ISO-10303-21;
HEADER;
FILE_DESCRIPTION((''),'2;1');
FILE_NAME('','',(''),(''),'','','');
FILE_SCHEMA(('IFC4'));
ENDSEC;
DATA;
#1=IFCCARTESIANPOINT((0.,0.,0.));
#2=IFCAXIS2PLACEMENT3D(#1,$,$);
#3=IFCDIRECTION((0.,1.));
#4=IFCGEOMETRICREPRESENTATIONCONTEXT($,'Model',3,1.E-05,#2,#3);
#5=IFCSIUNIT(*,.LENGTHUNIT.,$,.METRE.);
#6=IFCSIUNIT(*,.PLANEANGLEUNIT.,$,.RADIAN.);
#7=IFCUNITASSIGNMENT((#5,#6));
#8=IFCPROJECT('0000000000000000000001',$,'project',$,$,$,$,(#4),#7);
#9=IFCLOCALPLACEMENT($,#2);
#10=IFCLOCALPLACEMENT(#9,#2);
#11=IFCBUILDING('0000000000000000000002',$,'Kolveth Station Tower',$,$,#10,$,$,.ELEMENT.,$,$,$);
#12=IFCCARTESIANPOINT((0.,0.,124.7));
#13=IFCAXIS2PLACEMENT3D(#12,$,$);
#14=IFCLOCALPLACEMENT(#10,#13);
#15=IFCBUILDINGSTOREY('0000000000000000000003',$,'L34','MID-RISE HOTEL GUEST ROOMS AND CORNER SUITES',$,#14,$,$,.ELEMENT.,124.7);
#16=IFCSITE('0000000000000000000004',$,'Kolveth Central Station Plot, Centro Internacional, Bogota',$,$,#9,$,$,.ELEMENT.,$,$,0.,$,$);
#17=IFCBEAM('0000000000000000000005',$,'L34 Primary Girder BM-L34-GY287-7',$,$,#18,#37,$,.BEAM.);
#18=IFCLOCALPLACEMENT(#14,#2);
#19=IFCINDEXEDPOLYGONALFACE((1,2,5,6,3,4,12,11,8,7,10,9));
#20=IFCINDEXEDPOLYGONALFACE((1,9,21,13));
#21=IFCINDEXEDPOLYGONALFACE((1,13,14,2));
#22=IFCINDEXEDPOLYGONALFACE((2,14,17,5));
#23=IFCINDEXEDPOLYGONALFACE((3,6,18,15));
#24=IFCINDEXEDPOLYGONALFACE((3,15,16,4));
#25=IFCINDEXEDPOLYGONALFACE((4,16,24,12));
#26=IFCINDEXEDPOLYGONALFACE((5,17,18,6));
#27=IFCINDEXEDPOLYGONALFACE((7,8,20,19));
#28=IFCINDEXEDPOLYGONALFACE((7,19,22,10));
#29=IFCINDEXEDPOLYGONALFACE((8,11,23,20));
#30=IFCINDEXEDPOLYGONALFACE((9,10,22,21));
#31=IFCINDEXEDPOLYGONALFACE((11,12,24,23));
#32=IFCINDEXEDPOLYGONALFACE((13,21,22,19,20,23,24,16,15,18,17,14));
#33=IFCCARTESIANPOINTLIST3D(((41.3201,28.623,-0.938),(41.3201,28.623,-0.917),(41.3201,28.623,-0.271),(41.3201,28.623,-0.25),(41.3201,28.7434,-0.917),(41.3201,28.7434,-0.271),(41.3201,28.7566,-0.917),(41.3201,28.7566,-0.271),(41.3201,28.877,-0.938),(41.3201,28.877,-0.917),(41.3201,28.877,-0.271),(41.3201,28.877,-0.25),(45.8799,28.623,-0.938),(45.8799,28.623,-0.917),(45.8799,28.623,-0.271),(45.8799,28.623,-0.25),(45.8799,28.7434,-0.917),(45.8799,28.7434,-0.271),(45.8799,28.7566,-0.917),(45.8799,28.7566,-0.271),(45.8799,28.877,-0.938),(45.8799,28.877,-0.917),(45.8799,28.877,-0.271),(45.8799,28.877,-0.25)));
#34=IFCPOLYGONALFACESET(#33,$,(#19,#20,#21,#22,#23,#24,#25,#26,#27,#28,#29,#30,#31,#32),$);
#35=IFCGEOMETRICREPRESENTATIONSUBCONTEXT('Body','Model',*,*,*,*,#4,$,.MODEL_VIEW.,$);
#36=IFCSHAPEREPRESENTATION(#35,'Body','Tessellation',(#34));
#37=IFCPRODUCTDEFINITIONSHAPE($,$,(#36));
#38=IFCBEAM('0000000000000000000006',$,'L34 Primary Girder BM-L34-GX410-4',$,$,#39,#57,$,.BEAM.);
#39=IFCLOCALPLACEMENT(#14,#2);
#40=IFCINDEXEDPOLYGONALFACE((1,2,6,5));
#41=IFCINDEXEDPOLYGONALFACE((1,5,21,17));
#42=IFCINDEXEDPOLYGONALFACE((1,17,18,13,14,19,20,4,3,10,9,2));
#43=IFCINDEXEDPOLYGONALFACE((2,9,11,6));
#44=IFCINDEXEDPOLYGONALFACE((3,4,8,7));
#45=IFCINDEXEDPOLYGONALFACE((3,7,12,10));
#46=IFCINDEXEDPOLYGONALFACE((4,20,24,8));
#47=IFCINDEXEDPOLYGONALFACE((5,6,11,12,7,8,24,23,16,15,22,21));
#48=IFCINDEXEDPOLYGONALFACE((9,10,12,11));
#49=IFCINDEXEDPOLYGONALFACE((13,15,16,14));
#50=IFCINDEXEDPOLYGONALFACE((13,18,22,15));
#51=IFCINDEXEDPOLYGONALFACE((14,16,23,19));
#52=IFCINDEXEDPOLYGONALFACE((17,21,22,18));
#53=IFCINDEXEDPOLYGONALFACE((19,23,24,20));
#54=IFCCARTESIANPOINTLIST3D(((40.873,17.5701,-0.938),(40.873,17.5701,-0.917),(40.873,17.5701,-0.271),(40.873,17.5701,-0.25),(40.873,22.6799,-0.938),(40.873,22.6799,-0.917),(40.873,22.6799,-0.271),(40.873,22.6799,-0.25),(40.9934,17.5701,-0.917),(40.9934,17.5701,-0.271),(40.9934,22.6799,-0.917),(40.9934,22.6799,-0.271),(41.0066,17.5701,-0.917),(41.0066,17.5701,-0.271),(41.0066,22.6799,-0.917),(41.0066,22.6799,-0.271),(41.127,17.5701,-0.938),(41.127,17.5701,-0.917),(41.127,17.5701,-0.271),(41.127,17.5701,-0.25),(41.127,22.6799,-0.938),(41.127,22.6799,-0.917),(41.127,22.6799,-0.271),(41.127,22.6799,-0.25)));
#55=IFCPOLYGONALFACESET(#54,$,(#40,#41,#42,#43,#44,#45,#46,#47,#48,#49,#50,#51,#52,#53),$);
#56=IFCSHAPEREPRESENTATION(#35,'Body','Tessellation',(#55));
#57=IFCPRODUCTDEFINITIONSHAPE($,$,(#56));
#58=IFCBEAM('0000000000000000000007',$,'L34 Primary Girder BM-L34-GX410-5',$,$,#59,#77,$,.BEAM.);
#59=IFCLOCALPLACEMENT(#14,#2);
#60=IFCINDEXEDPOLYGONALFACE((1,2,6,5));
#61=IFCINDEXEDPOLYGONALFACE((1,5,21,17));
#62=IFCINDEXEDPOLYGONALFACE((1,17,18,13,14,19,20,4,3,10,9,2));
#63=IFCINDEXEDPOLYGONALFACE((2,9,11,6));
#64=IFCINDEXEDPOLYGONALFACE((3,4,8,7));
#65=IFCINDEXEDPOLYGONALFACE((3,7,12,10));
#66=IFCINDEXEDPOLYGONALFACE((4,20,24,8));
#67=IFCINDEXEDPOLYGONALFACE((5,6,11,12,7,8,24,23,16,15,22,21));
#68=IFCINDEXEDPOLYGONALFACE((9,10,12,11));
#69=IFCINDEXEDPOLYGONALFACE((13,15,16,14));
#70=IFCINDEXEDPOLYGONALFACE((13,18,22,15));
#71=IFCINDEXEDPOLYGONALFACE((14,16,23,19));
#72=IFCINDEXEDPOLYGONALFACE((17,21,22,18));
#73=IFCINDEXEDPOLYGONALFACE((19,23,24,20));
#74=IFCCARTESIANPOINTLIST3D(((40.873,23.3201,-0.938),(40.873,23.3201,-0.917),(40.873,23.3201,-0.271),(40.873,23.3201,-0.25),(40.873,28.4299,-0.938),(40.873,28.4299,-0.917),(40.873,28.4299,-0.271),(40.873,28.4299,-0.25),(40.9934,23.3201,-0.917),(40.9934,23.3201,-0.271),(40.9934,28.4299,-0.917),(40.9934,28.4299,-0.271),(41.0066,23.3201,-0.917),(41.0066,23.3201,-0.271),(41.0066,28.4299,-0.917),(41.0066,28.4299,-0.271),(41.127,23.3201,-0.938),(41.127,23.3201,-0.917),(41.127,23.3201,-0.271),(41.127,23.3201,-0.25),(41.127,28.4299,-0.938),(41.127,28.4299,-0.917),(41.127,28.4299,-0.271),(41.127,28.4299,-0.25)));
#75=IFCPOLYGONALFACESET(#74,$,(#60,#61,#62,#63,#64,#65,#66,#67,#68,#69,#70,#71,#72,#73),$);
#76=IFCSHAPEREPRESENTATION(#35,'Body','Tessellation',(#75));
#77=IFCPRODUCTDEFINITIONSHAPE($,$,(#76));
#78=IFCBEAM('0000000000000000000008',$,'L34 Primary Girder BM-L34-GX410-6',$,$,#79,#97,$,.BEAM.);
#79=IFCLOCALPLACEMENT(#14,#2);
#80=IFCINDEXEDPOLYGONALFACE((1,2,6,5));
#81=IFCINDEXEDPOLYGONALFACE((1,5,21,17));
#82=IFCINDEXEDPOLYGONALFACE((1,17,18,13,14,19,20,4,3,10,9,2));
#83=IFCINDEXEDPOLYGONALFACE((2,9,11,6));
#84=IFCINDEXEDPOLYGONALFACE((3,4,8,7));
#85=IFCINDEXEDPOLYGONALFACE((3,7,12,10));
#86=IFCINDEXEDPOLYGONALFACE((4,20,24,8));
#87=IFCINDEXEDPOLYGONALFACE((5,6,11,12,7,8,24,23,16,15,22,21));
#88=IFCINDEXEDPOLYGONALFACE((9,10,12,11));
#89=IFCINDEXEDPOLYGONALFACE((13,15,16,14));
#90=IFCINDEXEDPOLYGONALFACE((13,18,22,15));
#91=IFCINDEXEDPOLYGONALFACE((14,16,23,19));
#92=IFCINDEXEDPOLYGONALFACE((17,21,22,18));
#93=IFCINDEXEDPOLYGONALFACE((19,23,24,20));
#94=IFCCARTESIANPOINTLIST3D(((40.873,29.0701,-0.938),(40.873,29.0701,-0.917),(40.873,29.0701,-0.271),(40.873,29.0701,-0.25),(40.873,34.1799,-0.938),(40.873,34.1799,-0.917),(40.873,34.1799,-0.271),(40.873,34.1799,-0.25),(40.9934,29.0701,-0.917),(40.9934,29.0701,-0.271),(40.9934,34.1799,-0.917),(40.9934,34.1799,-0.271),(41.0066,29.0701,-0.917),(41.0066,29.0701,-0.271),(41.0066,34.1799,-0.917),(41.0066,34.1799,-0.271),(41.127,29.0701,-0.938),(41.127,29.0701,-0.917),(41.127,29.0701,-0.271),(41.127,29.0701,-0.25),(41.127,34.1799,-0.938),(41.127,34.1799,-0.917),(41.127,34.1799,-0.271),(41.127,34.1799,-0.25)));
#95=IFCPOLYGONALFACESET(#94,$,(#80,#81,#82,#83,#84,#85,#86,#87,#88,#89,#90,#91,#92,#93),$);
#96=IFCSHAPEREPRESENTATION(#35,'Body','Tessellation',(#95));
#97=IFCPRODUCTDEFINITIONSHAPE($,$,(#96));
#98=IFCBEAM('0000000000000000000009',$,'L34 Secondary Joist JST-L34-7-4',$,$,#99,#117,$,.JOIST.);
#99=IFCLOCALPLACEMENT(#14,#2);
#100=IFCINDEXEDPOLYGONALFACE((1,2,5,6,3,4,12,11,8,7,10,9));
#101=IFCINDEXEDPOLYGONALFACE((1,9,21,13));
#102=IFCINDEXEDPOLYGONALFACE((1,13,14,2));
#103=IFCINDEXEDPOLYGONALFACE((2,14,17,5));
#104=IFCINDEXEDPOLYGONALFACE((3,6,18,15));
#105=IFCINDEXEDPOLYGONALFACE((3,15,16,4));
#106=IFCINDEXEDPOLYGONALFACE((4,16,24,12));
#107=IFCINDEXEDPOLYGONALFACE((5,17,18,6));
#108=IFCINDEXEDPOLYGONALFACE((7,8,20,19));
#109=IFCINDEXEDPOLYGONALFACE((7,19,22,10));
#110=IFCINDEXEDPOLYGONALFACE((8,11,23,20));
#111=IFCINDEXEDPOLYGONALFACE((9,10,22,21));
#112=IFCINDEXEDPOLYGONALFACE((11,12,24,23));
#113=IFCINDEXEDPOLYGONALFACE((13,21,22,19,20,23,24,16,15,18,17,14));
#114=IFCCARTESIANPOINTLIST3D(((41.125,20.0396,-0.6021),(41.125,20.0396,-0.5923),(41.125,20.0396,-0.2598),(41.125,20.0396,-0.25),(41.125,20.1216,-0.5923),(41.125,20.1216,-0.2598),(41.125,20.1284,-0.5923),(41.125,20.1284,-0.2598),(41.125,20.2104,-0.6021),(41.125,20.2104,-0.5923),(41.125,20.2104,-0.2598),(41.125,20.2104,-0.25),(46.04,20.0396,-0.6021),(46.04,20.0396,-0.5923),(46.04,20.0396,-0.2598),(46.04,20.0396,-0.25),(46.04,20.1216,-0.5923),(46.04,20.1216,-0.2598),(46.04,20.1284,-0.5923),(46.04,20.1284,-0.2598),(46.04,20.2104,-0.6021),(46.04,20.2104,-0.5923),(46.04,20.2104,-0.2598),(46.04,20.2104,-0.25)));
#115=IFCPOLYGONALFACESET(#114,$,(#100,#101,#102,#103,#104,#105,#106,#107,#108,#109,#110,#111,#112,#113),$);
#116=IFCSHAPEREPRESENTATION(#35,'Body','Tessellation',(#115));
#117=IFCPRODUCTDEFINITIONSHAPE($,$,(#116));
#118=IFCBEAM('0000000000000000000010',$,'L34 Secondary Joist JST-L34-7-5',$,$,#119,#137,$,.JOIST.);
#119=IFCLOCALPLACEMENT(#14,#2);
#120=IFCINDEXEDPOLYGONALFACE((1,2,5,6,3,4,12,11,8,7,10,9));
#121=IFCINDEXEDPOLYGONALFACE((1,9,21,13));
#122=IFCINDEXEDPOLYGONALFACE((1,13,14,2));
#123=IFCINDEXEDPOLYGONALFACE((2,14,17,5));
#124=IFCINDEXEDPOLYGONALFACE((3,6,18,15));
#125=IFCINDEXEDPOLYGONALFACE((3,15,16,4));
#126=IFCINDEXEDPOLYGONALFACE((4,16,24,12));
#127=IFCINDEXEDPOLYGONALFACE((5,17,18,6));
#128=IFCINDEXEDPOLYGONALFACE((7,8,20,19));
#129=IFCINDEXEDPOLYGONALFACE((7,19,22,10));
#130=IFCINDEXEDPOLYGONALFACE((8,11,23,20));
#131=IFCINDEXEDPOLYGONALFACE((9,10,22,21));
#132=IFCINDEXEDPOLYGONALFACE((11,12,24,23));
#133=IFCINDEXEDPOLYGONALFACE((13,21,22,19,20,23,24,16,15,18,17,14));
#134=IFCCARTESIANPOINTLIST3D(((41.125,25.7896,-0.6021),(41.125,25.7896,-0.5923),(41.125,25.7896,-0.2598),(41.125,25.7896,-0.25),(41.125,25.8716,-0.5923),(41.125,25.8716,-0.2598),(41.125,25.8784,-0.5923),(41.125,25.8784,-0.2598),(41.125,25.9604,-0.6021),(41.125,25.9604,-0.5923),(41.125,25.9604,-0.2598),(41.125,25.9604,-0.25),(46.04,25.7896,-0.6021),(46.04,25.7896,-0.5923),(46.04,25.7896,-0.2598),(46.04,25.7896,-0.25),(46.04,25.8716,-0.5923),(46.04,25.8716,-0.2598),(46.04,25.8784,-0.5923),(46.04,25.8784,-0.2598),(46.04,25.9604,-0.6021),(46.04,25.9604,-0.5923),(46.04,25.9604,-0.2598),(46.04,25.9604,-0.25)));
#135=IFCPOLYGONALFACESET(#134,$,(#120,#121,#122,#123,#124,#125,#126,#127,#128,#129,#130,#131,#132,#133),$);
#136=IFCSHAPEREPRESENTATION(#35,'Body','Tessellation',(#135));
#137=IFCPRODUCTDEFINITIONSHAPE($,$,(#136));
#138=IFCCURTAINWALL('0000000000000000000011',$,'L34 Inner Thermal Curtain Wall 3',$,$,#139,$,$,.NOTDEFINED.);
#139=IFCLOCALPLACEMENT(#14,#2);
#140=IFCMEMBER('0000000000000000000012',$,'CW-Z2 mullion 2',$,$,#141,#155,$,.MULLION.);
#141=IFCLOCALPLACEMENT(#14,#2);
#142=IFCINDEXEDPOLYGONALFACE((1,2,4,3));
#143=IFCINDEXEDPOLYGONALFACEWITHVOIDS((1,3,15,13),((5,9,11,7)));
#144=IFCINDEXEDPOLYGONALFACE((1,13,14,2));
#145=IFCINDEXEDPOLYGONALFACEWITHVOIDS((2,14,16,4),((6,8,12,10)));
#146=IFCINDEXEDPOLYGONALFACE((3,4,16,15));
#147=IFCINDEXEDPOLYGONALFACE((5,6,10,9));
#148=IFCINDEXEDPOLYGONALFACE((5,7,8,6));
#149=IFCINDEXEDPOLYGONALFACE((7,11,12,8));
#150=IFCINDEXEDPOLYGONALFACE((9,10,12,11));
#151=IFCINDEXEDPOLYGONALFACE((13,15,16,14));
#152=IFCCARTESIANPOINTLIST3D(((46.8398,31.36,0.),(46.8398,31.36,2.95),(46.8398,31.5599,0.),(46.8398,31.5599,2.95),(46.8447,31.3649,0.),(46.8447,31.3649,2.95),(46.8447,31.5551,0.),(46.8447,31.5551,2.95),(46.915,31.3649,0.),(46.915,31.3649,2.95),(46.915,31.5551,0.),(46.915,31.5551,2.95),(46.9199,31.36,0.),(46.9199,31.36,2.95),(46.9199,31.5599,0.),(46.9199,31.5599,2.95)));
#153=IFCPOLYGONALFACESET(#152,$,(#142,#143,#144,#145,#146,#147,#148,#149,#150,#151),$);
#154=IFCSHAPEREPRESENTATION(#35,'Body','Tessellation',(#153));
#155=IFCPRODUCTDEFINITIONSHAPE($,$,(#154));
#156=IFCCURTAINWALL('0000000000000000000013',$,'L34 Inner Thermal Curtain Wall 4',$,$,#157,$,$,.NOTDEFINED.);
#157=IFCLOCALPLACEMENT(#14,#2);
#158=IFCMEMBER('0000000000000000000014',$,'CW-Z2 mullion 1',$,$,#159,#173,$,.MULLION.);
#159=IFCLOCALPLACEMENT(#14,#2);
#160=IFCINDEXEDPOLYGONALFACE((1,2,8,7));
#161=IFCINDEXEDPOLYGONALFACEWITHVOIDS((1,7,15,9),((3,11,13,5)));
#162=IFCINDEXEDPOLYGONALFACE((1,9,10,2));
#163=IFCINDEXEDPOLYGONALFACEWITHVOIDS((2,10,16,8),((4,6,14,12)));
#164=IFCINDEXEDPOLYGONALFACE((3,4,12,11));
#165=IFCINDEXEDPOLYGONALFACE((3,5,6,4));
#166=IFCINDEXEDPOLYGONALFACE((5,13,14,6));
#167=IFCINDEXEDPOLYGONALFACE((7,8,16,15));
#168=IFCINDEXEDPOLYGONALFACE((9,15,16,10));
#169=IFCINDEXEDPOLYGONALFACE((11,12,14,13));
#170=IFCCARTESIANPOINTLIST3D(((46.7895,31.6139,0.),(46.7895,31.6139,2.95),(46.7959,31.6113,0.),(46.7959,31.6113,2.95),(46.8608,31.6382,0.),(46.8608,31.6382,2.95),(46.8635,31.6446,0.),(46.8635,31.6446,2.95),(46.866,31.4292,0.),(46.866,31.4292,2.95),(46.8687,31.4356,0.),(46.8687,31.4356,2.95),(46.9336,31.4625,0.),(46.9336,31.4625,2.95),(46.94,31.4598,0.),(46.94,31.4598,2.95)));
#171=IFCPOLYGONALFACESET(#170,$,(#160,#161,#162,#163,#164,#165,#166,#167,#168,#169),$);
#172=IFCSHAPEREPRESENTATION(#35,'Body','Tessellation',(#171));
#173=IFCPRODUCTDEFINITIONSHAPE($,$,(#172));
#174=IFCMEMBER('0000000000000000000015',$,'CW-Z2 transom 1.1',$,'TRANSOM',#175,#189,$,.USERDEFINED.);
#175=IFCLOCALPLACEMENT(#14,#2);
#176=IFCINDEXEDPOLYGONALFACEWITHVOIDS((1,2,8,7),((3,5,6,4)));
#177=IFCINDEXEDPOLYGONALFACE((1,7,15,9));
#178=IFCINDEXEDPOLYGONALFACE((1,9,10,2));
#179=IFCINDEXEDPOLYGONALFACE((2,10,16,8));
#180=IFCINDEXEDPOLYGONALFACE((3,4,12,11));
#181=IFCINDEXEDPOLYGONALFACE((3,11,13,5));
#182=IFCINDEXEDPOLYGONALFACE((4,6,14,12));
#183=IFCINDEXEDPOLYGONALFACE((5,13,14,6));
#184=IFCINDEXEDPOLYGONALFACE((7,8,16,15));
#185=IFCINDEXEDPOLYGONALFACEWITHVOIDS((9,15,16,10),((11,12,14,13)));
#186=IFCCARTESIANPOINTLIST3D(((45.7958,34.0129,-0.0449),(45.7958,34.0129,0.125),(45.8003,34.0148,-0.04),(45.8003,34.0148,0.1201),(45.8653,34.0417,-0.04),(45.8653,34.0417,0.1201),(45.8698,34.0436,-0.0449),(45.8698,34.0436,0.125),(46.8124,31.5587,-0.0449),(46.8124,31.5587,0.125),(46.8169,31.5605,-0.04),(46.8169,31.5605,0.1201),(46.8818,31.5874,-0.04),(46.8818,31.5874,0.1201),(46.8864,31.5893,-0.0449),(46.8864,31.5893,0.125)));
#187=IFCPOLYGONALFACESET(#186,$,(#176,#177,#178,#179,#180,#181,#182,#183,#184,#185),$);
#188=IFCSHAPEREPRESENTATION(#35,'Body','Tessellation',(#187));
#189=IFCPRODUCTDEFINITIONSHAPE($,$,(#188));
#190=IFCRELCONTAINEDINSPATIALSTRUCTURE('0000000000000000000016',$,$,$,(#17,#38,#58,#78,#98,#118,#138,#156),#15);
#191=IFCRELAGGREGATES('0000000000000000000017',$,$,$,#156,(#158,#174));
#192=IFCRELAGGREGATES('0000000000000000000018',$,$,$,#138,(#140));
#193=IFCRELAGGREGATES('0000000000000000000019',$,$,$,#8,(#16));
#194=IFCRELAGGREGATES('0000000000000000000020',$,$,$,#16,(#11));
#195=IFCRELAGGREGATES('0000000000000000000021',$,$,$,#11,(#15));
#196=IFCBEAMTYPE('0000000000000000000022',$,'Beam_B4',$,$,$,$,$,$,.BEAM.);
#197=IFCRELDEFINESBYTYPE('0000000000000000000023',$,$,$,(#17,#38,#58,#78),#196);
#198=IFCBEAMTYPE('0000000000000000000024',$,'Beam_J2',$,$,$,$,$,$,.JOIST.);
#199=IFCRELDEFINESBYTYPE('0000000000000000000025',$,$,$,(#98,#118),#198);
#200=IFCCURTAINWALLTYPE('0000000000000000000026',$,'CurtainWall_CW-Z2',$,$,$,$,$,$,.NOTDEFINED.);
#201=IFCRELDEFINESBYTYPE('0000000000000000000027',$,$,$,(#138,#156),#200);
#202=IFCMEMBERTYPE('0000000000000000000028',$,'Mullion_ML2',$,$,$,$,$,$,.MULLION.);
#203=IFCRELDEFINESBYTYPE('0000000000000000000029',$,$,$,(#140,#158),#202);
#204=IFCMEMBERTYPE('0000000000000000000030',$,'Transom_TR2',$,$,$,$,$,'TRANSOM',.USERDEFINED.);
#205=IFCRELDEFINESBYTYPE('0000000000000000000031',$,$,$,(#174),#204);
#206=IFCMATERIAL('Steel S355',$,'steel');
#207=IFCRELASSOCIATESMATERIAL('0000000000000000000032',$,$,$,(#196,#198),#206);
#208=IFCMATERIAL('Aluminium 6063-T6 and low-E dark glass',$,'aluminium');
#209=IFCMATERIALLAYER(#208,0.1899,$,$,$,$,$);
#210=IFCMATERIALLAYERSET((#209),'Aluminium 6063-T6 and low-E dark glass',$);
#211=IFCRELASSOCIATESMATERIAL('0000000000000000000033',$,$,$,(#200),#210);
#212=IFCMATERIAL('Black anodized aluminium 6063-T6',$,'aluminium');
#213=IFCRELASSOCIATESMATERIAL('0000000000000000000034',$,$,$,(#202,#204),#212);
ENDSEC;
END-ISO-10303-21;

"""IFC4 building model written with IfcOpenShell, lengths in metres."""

from ifc_helpers import new_model, si_unit, direction, frame, origin, origin_2d, place, context, subcontext, project, spatial, hollow_rectangle, i_section, extrude, source, transform, mapped, material, layer, layer_set, material_profile, profile_set, type_object, element, aggregate, save


model = new_model("IFC4")

# Units and contexts
model_context = context("Model", 3, precision=1e-05, world=origin(), true_north=direction((0.0, 1.0)))
body_context = subcontext(model_context, "Body", "Model", "MODEL_VIEW")
ifc_project = project(units=[si_unit("LENGTHUNIT", "METRE"), si_unit("PLANEANGLEUNIT", "RADIAN")], contexts=[model_context])

# Site, building, storey
site_placement = place(None, origin())
site = spatial("IfcSite", under=ifc_project, at=site_placement, Name="Kolveth Central Station Plot, Centro Internacional, Bogota", CompositionType="ELEMENT", RefElevation=0.0)
building_placement = place(site_placement, origin())
building = spatial("IfcBuilding", under=site, at=building_placement, Name="Kolveth Station Tower", CompositionType="ELEMENT")
storey_placement = place(building_placement, frame((0.0, 0.0, 124.7)))
storey = spatial("IfcBuildingStorey", under=building, at=storey_placement, Name="L34", Description="MID-RISE HOTEL GUEST ROOMS AND CORNER SUITES", CompositionType="ELEMENT", Elevation=124.7)

# Beams
ifc_material_1 = material(Name="Steel S355", Category="steel")
ifc_material_profile_1 = material_profile(ifc_material_1, i_section(OverallWidth=0.2539, OverallDepth=0.688, WebThickness=0.0132, FlangeThickness=0.021, at=origin_2d()), Name="W690x152")
ifc_profile_set_1 = profile_set([ifc_material_profile_1], Name="Steel S355")
beam_type_1 = type_object("IfcBeamType", Name="Beam_B4", PredefinedType="BEAM", material=ifc_profile_set_1)
shared_shape_1 = source(origin(), body_context, "Body", "SweptSolid", [
    extrude(i_section(OverallWidth=0.2539, OverallDepth=0.688, WebThickness=0.0132, FlangeThickness=0.021, at=origin_2d()), origin(), (0.0, 0.0, 1.0), 4.5598),
])
for number, where, z_axis, x_axis, name in (
    (1, (41.3201, 28.75, -0.594), (1.0, 0.0, 0.0), (0.0, 1.0, 0.0), "L34 Primary Girder BM-L34-GY287-7"),
):
    element("IfcBeam", number, at=place(storey_placement, frame(where, z_axis=z_axis, x_axis=x_axis)), inside=storey, type_object=beam_type_1, Name=name, PredefinedType="BEAM", context=body_context, shape_type="MappedRepresentation", body=[
        mapped(shared_shape_1, transform((0.0, 0.0, 0.0), x_axis=(1.0, 0.0, 0.0), y_axis=(0.0, 1.0, 0.0), z_axis=(0.0, 0.0, 1.0), scale=1.0)),
    ])
shared_shape_2 = source(origin(), body_context, "Body", "SweptSolid", [
    extrude(i_section(OverallWidth=0.2539, OverallDepth=0.688, WebThickness=0.0132, FlangeThickness=0.021, at=origin_2d()), origin(), (0.0, 0.0, 1.0), 5.1099),
])
for number, where, z_axis, x_axis, name in (
    (2, (41.0, 17.5701, -0.594), (0.0, 1.0, 0.0), (-1.0, 0.0, 0.0), "L34 Primary Girder BM-L34-GX410-4"),
    (3, (41.0, 23.3201, -0.594), (0.0, 1.0, 0.0), (-1.0, 0.0, 0.0), "L34 Primary Girder BM-L34-GX410-5"),
    (4, (41.0, 29.0701, -0.594), (0.0, 1.0, 0.0), (-1.0, 0.0, 0.0), "L34 Primary Girder BM-L34-GX410-6"),
):
    element("IfcBeam", number, at=place(storey_placement, frame(where, z_axis=z_axis, x_axis=x_axis)), inside=storey, type_object=beam_type_1, Name=name, PredefinedType="BEAM", context=body_context, shape_type="MappedRepresentation", body=[
        mapped(shared_shape_2, transform((0.0, 0.0, 0.0), x_axis=(1.0, 0.0, 0.0), y_axis=(0.0, 1.0, 0.0), z_axis=(0.0, 0.0, 1.0), scale=1.0)),
    ])
ifc_material_profile_2 = material_profile(ifc_material_1, i_section(OverallWidth=0.1709, OverallDepth=0.3521, WebThickness=0.0068, FlangeThickness=0.0098, at=origin_2d()), Name="W360x44")
ifc_profile_set_2 = profile_set([ifc_material_profile_2], Name="Steel S355")
beam_type_2 = type_object("IfcBeamType", Name="Beam_J2", PredefinedType="JOIST", material=ifc_profile_set_2)
shared_shape_3 = source(origin(), body_context, "Body", "SweptSolid", [
    extrude(i_section(OverallWidth=0.1709, OverallDepth=0.3521, WebThickness=0.0068, FlangeThickness=0.0098, at=origin_2d()), origin(), (0.0, 0.0, 1.0), 4.915),
])
for number, where, z_axis, x_axis, name in (
    (5, (41.125, 20.125, -0.426), (1.0, 0.0, 0.0), (0.0, 1.0, 0.0), "L34 Secondary Joist JST-L34-7-4"),
    (6, (41.125, 25.875, -0.426), (1.0, 0.0, 0.0), (0.0, 1.0, 0.0), "L34 Secondary Joist JST-L34-7-5"),
):
    element("IfcBeam", number, at=place(storey_placement, frame(where, z_axis=z_axis, x_axis=x_axis)), inside=storey, type_object=beam_type_2, Name=name, PredefinedType="JOIST", context=body_context, shape_type="MappedRepresentation", body=[
        mapped(shared_shape_3, transform((0.0, 0.0, 0.0), x_axis=(1.0, 0.0, 0.0), y_axis=(0.0, 1.0, 0.0), z_axis=(0.0, 0.0, 1.0), scale=1.0)),
    ])

# Curtain wall, member
ifc_material_2 = material(Name="Aluminium 6063-T6 and low-E dark glass", Category="aluminium")
ifc_layer_1 = layer(ifc_material_2, 0.1899)
ifc_layer_set_1 = layer_set([ifc_layer_1], Name="Aluminium 6063-T6 and low-E dark glass")
curtain_wall_type = type_object("IfcCurtainWallType", Name="CurtainWall_CW-Z2", PredefinedType="NOTDEFINED", material=ifc_layer_set_1)
curtain_wall_1_placement = place(storey_placement, origin())
curtain_wall_1 = element("IfcCurtainWall", 7, at=curtain_wall_1_placement, inside=storey, type_object=curtain_wall_type, Name="L34 Inner Thermal Curtain Wall 3", PredefinedType="NOTDEFINED")
ifc_material_3 = material(Name="Black anodized aluminium 6063-T6", Category="aluminium")
ifc_material_profile_3 = material_profile(ifc_material_3, hollow_rectangle(XDim=0.0801, YDim=0.2, WallThickness=0.0049, at=origin_2d()), Name="ALU-80x200x5")
ifc_profile_set_3 = profile_set([ifc_material_profile_3], Name="Black anodized aluminium 6063-T6")
member_type_1 = type_object("IfcMemberType", Name="Mullion_ML2", PredefinedType="MULLION", material=ifc_profile_set_3)
shared_shape_4 = source(origin(), body_context, "Body", "SweptSolid", [
    extrude(hollow_rectangle(XDim=0.0801, YDim=0.2, WallThickness=0.0049, at=origin_2d()), origin(), (0.0, 0.0, 1.0), 2.95),
])
member_1_placement = place(storey_placement, frame((46.8799, 31.46, 0.0), z_axis=(0.0, 0.0, 1.0), x_axis=(-1.0, 0.0, 0.0)))
member_1 = element("IfcMember", 8, at=member_1_placement, type_object=member_type_1, Name="CW-Z2 mullion 2", PredefinedType="MULLION", context=body_context, shape_type="MappedRepresentation", body=[
    mapped(shared_shape_4, transform((0.0, 0.0, 0.0), x_axis=(1.0, 0.0, 0.0), y_axis=(0.0, 1.0, 0.0), z_axis=(0.0, 0.0, 1.0), scale=1.0)),
])

# Curtain wall, members
curtain_wall_2_placement = place(storey_placement, origin())
curtain_wall_2 = element("IfcCurtainWall", 9, at=curtain_wall_2_placement, inside=storey, type_object=curtain_wall_type, Name="L34 Inner Thermal Curtain Wall 4", PredefinedType="NOTDEFINED")
member_2_placement = place(storey_placement, frame((46.8647, 31.5369, 0.0), z_axis=(0.0, 0.0, 1.0), x_axis=(-0.923888, -0.382663, 0.0)))
member_2 = element("IfcMember", 10, at=member_2_placement, type_object=member_type_1, Name="CW-Z2 mullion 1", PredefinedType="MULLION", context=body_context, shape_type="MappedRepresentation", body=[
    mapped(shared_shape_4, transform((0.0, 0.0, 0.0), x_axis=(1.0, 0.0, 0.0), y_axis=(0.0, 1.0, 0.0), z_axis=(0.0, 0.0, 1.0), scale=1.0)),
])
ifc_material_profile_4 = material_profile(ifc_material_3, hollow_rectangle(XDim=0.0801, YDim=0.1699, WallThickness=0.0049, at=origin_2d()), Name="ALU-80x170x5")
ifc_profile_set_4 = profile_set([ifc_material_profile_4], Name="Black anodized aluminium 6063-T6")
member_type_2 = type_object("IfcMemberType", Name="Transom_TR2", ElementType="TRANSOM", PredefinedType="USERDEFINED", material=ifc_profile_set_4)
shared_shape_5 = source(origin(), body_context, "Body", "SweptSolid", [
    extrude(hollow_rectangle(XDim=0.0801, YDim=0.1699, WallThickness=0.0049, at=origin_2d()), origin(), (0.0, 0.0, 1.0), 2.6565),
])
member_3_placement = place(storey_placement, frame((46.8494, 31.574, 0.04), z_axis=(-0.382676, 0.923882, 0.0), x_axis=(-0.923882, -0.382676, 0.0)))
member_3 = element("IfcMember", 11, at=member_3_placement, type_object=member_type_2, Name="CW-Z2 transom 1.1", ObjectType="TRANSOM", PredefinedType="USERDEFINED", context=body_context, shape_type="MappedRepresentation", body=[
    mapped(shared_shape_5, transform((0.0, 0.0, 0.0), x_axis=(1.0, 0.0, 0.0), y_axis=(0.0, 1.0, 0.0), z_axis=(0.0, 0.0, 1.0), scale=1.0)),
])
aggregate(curtain_wall_2, [member_2, member_3])

aggregate(curtain_wall_1, [member_1])

save(model, "model.ifc")
